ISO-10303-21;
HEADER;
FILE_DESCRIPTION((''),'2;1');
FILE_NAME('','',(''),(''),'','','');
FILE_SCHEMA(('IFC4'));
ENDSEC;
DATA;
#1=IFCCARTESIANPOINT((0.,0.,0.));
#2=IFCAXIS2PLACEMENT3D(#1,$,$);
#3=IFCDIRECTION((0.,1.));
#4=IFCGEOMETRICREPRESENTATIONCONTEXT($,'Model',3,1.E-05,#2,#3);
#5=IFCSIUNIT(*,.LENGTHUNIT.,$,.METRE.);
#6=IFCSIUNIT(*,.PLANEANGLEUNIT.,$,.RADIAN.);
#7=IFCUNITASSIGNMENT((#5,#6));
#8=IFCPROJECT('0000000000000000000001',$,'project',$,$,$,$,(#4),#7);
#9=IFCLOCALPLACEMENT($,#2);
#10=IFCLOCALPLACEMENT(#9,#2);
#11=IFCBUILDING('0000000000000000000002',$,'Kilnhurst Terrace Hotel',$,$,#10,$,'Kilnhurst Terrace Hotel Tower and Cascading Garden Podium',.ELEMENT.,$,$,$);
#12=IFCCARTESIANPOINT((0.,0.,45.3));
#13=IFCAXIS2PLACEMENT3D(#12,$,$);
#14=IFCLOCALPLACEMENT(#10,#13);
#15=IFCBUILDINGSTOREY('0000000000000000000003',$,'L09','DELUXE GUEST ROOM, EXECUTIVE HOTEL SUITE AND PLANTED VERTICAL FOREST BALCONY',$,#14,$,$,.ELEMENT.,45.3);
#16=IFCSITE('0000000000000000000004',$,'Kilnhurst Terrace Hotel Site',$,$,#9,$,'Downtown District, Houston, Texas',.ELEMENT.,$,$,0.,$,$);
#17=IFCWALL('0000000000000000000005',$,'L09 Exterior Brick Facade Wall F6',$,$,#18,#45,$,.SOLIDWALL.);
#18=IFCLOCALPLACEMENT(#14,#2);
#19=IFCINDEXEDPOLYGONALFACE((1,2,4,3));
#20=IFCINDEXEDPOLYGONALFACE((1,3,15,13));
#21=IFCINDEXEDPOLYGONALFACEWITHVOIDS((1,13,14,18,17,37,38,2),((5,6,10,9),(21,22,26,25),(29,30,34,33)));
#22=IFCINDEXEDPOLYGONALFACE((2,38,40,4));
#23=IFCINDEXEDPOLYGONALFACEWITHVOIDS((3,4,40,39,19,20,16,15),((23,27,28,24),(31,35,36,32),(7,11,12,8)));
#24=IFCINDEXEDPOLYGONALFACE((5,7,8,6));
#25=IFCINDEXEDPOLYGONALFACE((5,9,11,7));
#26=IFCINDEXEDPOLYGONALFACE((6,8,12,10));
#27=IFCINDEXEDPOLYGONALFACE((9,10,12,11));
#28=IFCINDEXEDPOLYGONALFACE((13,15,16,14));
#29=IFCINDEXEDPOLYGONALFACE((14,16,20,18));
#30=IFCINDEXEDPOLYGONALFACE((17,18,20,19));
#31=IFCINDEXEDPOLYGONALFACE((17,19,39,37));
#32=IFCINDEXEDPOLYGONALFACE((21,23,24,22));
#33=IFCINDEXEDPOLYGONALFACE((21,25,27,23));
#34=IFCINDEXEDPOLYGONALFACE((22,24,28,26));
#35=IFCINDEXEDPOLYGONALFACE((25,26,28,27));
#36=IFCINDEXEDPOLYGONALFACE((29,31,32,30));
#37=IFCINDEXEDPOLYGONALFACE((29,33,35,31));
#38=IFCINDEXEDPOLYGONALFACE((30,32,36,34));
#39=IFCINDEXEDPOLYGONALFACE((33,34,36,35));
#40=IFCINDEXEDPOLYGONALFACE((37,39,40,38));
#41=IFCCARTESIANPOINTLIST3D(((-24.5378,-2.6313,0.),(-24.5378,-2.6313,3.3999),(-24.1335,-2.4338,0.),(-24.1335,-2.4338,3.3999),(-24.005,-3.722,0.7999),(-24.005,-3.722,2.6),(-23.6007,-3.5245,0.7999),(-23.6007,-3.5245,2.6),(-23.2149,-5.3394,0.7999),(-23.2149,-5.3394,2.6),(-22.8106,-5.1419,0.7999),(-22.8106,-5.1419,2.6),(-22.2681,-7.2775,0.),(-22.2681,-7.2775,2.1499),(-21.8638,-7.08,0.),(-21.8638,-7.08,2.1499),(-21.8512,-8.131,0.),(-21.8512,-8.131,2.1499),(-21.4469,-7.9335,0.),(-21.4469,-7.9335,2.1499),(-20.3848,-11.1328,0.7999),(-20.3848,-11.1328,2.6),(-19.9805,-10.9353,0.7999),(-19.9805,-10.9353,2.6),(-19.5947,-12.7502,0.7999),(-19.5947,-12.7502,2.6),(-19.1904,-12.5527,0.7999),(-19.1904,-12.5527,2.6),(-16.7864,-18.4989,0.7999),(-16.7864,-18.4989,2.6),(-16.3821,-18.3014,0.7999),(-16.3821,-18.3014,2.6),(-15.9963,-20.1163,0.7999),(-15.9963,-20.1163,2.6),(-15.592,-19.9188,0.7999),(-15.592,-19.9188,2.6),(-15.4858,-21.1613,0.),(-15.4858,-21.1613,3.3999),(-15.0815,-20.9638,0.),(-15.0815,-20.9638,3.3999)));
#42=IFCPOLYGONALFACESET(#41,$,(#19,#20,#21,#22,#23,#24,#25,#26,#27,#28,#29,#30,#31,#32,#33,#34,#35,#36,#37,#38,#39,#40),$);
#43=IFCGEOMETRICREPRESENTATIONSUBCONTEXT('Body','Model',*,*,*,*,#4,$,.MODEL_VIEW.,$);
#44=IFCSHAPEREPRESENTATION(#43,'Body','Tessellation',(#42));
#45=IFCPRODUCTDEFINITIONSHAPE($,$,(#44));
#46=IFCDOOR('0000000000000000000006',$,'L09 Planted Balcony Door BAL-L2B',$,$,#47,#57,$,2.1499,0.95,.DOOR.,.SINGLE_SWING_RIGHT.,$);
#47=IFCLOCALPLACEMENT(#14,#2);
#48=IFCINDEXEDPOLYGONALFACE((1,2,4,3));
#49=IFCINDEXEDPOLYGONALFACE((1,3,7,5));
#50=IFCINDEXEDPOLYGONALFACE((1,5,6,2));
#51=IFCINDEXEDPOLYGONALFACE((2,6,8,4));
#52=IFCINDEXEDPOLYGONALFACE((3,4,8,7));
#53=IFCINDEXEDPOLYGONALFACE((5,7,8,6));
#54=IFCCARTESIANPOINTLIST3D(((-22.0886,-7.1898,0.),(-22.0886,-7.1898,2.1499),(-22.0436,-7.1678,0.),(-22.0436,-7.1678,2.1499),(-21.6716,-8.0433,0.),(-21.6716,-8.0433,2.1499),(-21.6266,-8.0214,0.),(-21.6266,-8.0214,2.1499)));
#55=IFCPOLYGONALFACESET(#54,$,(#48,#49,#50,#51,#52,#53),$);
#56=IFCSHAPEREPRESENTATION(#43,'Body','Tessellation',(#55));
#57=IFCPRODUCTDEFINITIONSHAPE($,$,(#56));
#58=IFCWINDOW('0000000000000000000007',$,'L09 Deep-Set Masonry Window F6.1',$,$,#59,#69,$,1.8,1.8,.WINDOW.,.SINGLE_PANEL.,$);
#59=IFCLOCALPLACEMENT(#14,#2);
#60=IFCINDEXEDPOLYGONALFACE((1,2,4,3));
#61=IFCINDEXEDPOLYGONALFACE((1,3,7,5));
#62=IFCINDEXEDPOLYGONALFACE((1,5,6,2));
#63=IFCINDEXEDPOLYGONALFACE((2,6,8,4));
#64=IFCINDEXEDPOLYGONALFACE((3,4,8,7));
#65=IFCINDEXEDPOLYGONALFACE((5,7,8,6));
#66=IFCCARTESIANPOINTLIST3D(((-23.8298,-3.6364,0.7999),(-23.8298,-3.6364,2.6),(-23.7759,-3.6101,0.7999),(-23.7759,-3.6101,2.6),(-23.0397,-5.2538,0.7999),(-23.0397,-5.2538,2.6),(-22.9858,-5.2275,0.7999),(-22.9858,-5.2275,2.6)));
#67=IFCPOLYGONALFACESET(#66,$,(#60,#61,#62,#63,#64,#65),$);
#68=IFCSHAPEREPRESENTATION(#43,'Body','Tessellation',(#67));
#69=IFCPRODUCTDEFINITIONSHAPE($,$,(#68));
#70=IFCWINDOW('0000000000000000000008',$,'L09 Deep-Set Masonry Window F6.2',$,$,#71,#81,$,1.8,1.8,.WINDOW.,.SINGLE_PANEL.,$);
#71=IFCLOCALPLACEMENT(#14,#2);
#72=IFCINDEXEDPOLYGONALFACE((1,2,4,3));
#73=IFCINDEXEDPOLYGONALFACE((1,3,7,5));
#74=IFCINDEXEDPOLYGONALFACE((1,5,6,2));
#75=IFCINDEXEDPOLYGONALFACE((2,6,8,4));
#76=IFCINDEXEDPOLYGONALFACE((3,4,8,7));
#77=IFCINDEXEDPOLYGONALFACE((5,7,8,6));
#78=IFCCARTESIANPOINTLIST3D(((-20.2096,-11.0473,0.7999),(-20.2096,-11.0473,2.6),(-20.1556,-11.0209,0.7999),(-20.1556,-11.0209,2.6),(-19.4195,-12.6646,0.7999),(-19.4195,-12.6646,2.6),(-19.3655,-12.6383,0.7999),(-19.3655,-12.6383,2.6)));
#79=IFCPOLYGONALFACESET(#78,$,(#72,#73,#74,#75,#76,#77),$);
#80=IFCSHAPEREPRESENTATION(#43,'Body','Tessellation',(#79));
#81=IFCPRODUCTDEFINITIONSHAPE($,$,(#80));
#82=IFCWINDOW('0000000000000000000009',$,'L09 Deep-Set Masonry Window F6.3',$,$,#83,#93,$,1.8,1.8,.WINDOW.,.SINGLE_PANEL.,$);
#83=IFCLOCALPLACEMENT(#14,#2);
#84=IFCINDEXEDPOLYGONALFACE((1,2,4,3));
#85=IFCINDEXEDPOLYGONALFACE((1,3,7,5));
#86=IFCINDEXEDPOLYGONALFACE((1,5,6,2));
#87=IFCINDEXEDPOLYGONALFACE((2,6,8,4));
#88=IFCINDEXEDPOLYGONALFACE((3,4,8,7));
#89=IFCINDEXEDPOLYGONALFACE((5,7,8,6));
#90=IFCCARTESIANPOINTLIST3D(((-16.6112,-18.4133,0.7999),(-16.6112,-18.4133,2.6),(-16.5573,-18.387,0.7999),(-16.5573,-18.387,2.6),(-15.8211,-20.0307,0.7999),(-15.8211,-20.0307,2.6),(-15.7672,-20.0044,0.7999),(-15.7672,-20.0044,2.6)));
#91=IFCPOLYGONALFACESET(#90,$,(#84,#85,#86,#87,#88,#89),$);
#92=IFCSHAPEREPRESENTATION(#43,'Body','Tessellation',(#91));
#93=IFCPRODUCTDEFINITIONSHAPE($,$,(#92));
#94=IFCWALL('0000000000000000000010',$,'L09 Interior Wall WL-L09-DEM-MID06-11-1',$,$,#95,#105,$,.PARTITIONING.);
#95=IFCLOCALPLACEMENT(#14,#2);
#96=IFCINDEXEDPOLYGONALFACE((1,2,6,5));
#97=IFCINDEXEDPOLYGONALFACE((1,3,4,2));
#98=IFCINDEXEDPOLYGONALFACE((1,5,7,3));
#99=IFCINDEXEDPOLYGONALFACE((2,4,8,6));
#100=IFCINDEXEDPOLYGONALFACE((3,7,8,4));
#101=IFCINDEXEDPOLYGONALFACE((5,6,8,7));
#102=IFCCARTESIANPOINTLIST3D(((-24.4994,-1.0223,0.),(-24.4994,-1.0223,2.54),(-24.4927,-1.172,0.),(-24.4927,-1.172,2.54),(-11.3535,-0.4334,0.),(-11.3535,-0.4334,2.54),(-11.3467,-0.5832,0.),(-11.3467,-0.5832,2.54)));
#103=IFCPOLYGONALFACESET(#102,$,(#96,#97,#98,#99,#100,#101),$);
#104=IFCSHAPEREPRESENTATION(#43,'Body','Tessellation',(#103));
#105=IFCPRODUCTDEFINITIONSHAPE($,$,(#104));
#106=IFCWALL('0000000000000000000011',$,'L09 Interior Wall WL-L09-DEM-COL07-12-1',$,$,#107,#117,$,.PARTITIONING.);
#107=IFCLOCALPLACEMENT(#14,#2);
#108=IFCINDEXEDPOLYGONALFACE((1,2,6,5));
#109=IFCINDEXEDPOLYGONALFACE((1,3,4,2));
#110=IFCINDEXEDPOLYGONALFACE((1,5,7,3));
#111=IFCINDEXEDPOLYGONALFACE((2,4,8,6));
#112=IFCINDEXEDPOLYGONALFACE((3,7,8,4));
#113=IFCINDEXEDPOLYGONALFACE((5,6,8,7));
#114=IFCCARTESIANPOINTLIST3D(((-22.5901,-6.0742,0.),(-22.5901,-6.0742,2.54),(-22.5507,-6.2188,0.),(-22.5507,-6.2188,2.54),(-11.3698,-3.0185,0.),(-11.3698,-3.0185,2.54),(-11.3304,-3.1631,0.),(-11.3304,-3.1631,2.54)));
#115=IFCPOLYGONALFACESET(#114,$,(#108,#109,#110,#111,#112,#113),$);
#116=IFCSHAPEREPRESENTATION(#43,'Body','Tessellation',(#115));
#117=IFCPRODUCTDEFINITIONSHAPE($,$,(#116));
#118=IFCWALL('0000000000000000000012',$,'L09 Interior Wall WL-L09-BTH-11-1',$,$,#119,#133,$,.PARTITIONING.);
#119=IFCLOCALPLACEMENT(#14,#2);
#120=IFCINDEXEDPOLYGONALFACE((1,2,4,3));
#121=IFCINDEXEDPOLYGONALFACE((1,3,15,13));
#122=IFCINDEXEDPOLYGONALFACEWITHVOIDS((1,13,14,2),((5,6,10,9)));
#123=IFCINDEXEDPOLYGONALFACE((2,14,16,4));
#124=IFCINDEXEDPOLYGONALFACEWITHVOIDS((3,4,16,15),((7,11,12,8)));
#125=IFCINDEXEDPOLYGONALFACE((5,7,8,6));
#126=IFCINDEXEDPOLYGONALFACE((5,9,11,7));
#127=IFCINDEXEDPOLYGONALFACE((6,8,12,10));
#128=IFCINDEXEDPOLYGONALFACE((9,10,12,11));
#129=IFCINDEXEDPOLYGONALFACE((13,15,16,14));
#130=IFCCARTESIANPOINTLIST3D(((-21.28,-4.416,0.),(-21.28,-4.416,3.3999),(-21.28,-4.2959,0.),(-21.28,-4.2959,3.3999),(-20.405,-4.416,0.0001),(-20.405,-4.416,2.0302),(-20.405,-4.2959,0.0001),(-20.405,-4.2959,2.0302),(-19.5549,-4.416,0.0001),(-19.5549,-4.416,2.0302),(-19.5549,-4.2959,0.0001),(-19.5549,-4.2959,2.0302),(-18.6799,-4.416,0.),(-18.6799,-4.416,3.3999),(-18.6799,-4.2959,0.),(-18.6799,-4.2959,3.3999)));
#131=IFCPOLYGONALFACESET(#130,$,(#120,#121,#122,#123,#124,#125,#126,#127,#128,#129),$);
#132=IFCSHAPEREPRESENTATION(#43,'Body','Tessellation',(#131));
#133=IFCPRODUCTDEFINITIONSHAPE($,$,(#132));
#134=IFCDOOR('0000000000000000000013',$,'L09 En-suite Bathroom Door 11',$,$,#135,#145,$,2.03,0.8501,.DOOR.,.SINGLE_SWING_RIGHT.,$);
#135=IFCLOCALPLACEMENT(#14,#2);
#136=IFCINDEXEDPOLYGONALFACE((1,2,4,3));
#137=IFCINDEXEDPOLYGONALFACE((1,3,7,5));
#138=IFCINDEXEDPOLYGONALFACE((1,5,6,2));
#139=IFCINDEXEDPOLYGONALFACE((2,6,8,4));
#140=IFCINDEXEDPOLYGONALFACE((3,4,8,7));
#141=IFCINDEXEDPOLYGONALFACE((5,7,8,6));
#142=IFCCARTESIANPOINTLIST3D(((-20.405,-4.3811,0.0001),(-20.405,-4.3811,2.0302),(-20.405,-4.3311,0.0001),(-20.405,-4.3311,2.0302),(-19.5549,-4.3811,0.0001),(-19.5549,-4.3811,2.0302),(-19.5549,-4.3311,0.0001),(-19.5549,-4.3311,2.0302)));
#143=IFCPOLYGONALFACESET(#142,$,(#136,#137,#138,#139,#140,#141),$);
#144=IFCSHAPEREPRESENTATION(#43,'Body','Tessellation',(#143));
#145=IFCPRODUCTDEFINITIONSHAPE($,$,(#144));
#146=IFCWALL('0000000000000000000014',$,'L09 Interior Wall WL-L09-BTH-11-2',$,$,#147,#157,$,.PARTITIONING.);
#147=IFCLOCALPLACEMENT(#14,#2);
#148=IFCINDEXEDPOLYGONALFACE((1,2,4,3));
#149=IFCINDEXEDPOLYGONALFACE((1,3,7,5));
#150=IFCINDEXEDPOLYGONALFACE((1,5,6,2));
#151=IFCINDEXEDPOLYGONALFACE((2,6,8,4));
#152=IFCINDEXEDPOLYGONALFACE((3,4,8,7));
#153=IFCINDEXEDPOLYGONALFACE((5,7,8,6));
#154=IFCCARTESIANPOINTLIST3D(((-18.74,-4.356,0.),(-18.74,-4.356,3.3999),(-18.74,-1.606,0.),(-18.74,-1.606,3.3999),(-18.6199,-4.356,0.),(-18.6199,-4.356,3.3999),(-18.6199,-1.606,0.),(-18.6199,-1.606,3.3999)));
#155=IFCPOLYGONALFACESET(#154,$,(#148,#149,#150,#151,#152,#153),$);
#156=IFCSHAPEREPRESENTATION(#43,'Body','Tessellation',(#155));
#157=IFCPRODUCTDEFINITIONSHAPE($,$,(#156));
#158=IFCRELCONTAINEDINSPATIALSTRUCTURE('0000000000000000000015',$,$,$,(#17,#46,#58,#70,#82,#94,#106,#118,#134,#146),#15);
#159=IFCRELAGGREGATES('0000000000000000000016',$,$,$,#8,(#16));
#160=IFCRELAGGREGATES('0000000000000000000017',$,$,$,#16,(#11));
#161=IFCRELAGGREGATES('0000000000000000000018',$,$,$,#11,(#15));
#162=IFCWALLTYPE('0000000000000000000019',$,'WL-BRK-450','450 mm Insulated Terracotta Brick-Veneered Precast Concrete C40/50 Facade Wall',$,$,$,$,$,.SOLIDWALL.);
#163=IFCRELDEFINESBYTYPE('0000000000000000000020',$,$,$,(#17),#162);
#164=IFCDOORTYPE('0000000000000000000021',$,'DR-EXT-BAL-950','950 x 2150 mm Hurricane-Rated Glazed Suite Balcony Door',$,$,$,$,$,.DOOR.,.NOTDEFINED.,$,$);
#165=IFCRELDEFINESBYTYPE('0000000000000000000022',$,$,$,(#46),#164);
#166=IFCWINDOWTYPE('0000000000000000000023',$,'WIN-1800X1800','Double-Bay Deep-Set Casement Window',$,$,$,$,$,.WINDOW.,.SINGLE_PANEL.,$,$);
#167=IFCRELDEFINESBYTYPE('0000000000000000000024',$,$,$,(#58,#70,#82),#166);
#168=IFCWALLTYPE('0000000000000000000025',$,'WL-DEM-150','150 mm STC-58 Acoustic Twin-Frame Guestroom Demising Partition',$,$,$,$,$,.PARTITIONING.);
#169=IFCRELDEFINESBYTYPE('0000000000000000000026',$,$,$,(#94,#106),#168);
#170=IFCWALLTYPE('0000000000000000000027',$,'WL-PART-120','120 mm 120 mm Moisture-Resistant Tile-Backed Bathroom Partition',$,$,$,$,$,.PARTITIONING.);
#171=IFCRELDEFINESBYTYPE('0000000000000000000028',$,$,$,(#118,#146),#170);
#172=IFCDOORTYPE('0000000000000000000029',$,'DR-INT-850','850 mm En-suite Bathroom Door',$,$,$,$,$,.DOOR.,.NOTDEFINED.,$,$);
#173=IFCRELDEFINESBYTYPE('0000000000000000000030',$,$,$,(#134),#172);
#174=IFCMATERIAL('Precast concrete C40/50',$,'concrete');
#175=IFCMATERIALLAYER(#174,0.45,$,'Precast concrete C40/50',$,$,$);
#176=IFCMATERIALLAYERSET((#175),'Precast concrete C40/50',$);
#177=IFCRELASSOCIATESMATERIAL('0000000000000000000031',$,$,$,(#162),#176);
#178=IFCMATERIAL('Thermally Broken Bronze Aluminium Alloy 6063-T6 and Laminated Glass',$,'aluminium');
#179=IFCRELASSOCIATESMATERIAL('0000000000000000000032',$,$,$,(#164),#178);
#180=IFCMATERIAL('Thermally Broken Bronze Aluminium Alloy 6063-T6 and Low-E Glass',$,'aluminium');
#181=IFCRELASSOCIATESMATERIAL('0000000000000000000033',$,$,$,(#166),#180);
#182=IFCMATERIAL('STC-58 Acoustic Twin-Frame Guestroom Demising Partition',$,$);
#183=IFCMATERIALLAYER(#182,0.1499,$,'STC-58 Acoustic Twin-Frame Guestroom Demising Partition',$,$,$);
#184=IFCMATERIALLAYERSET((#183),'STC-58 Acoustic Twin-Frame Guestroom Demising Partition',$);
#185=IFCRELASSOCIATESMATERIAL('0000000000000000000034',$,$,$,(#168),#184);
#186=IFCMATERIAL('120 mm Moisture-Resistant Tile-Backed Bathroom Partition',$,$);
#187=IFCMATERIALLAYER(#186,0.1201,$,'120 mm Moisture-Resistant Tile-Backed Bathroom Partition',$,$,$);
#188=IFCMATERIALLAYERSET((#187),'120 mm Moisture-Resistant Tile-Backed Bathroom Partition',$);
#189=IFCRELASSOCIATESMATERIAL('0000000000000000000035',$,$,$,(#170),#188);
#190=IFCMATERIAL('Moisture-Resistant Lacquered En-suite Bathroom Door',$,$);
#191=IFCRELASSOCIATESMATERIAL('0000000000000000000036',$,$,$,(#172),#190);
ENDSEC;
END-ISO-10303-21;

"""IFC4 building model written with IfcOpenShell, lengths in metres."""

from ifc_helpers import new_model, si_unit, direction, frame, frame_2d, origin, place, context, subcontext, project, spatial, rectangle, extrude, material, layer, layer_set, type_object, element, fill, save


model = new_model("IFC4")

# Units and contexts
model_context = context("Model", 3, precision=1e-05, world=origin(), true_north=direction((0.0, 1.0)))
body_context = subcontext(model_context, "Body", "Model", "MODEL_VIEW")
ifc_project = project(units=[si_unit("LENGTHUNIT", "METRE"), si_unit("PLANEANGLEUNIT", "RADIAN")], contexts=[model_context])

# Site, building, storey
site_placement = place(None, origin())
site = spatial("IfcSite", under=ifc_project, at=site_placement, Name="Kilnhurst Terrace Hotel Site", LongName="Downtown District, Houston, Texas", CompositionType="ELEMENT", RefElevation=0.0)
building_placement = place(site_placement, origin())
building = spatial("IfcBuilding", under=site, at=building_placement, Name="Kilnhurst Terrace Hotel", LongName="Kilnhurst Terrace Hotel Tower and Cascading Garden Podium", CompositionType="ELEMENT")
storey_placement = place(building_placement, frame((0.0, 0.0, 45.3)))
storey = spatial("IfcBuildingStorey", under=building, at=storey_placement, Name="L09", Description="DELUXE GUEST ROOM, EXECUTIVE HOTEL SUITE AND PLANTED VERTICAL FOREST BALCONY", CompositionType="ELEMENT", Elevation=45.3)

# Shared definitions
ifc_material_1 = material(Name="Precast concrete C40/50", Category="concrete")
ifc_layer_1 = layer(ifc_material_1, 0.45, Name="Precast concrete C40/50")
ifc_layer_set_1 = layer_set([ifc_layer_1], Name="Precast concrete C40/50")
wall_type_1 = type_object("IfcWallType", Name="WL-BRK-450", Description="450 mm Insulated Terracotta Brick-Veneered Precast Concrete C40/50 Facade Wall", PredefinedType="SOLIDWALL", material=ifc_layer_set_1)

# Wall, openings, door, windows
wall_1_placement = place(storey_placement, frame((-24.3357, -2.5325, 0.0), z_axis=(0.0, 0.0, 1.0), x_axis=(0.438931, -0.898521, 0.0)))
wall_1 = element("IfcWall", 1, at=wall_1_placement, inside=storey, type_object=wall_type_1, Name="L09 Exterior Brick Facade Wall F6", PredefinedType="SOLIDWALL", context=body_context, shape_type="SweptSolid", body=[
    extrude(rectangle(XDim=20.6228, YDim=0.45, at=frame_2d((10.3115, 0.0))), origin(), (0.0, 0.0, 1.0), 3.3999),
])
opening_1_placement = place(wall_1_placement, frame((5.1709, 0.0, 0.0)))
opening_1 = element("IfcOpeningElement", 2, at=opening_1_placement, cuts=wall_1, PredefinedType="OPENING", context=body_context, shape_type="SweptSolid", body=[
    extrude(rectangle(XDim=0.95, YDim=2.1499, at=frame_2d((0.4751, 1.075))), frame((0.0, 0.2349, 0.0), z_axis=(0.0, -1.0, 0.0), x_axis=(1.0, 0.0, 0.0)), (0.0, 0.0, 1.0), 0.47),
])
opening_2_placement = place(wall_1_placement, frame((1.2141, 0.0, 0.8)))
opening_2 = element("IfcOpeningElement", 3, at=opening_2_placement, cuts=wall_1, PredefinedType="OPENING", context=body_context, shape_type="SweptSolid", body=[
    extrude(rectangle(XDim=1.8, YDim=1.8, at=frame_2d((0.8999, 0.8999))), frame((0.0, 0.2349, 0.0), z_axis=(0.0, -1.0, 0.0), x_axis=(1.0, 0.0, 0.0)), (0.0, 0.0, 1.0), 0.47),
])
opening_3_placement = place(wall_1_placement, frame((9.4619, 0.0, 0.8)))
opening_3 = element("IfcOpeningElement", 4, at=opening_3_placement, cuts=wall_1, PredefinedType="OPENING", context=body_context, shape_type="SweptSolid", body=[
    extrude(rectangle(XDim=1.8, YDim=1.8, at=frame_2d((0.8999, 0.8999))), frame((0.0, 0.2349, 0.0), z_axis=(0.0, -1.0, 0.0), x_axis=(1.0, 0.0, 0.0)), (0.0, 0.0, 1.0), 0.47),
])
opening_4_placement = place(wall_1_placement, frame((17.6599, 0.0, 0.8)))
opening_4 = element("IfcOpeningElement", 5, at=opening_4_placement, cuts=wall_1, PredefinedType="OPENING", context=body_context, shape_type="SweptSolid", body=[
    extrude(rectangle(XDim=1.8, YDim=1.8, at=frame_2d((0.8999, 0.8999))), frame((0.0, 0.2349, 0.0), z_axis=(0.0, -1.0, 0.0), x_axis=(1.0, 0.0, 0.0)), (0.0, 0.0, 1.0), 0.47),
])
ifc_material_2 = material(Name="Thermally Broken Bronze Aluminium Alloy 6063-T6 and Laminated Glass", Category="aluminium")
door_type_1 = type_object("IfcDoorType", Name="DR-EXT-BAL-950", Description="950 x 2150 mm Hurricane-Rated Glazed Suite Balcony Door", OperationType="NOTDEFINED", PredefinedType="DOOR", material=ifc_material_2)
door_1_placement = place(opening_1_placement, origin())
door_1 = element("IfcDoor", 6, at=door_1_placement, inside=storey, type_object=door_type_1, Name="L09 Planted Balcony Door BAL-L2B", OperationType="SINGLE_SWING_RIGHT", OverallHeight=2.1499, OverallWidth=0.95, PredefinedType="DOOR", context=body_context, shape_type="SweptSolid", body=[
    extrude(rectangle(XDim=0.95, YDim=2.1499, at=frame_2d((0.4751, 1.075))), frame((0.0, 0.0249, 0.0), z_axis=(0.0, -1.0, 0.0), x_axis=(1.0, 0.0, 0.0)), (0.0, 0.0, 1.0), 0.05),
])
fill(opening_1, door_1)
ifc_material_3 = material(Name="Thermally Broken Bronze Aluminium Alloy 6063-T6 and Low-E Glass", Category="aluminium")
window_type = type_object("IfcWindowType", Name="WIN-1800X1800", Description="Double-Bay Deep-Set Casement Window", PartitioningType="SINGLE_PANEL", PredefinedType="WINDOW", material=ifc_material_3)
window_1_placement = place(opening_2_placement, origin())
window_1 = element("IfcWindow", 7, at=window_1_placement, inside=storey, type_object=window_type, Name="L09 Deep-Set Masonry Window F6.1", OverallHeight=1.8, OverallWidth=1.8, PartitioningType="SINGLE_PANEL", PredefinedType="WINDOW", context=body_context, shape_type="SweptSolid", body=[
    extrude(rectangle(XDim=1.8, YDim=1.8, at=frame_2d((0.8999, 0.8999))), frame((0.0, 0.03, 0.0), z_axis=(0.0, -1.0, 0.0), x_axis=(1.0, 0.0, 0.0)), (0.0, 0.0, 1.0), 0.0601),
])
fill(opening_2, window_1)
window_2_placement = place(opening_3_placement, origin())
window_2 = element("IfcWindow", 8, at=window_2_placement, inside=storey, type_object=window_type, Name="L09 Deep-Set Masonry Window F6.2", OverallHeight=1.8, OverallWidth=1.8, PartitioningType="SINGLE_PANEL", PredefinedType="WINDOW", context=body_context, shape_type="SweptSolid", body=[
    extrude(rectangle(XDim=1.8, YDim=1.8, at=frame_2d((0.8999, 0.8999))), frame((0.0, 0.03, 0.0), z_axis=(0.0, -1.0, 0.0), x_axis=(1.0, 0.0, 0.0)), (0.0, 0.0, 1.0), 0.0601),
])
fill(opening_3, window_2)
window_3_placement = place(opening_4_placement, origin())
window_3 = element("IfcWindow", 9, at=window_3_placement, inside=storey, type_object=window_type, Name="L09 Deep-Set Masonry Window F6.3", OverallHeight=1.8, OverallWidth=1.8, PartitioningType="SINGLE_PANEL", PredefinedType="WINDOW", context=body_context, shape_type="SweptSolid", body=[
    extrude(rectangle(XDim=1.8, YDim=1.8, at=frame_2d((0.8999, 0.8999))), frame((0.0, 0.03, 0.0), z_axis=(0.0, -1.0, 0.0), x_axis=(1.0, 0.0, 0.0)), (0.0, 0.0, 1.0), 0.0601),
])
fill(opening_4, window_3)

# Walls
ifc_material_4 = material(Name="STC-58 Acoustic Twin-Frame Guestroom Demising Partition")
ifc_layer_2 = layer(ifc_material_4, 0.1499, Name="STC-58 Acoustic Twin-Frame Guestroom Demising Partition")
ifc_layer_set_2 = layer_set([ifc_layer_2], Name="STC-58 Acoustic Twin-Frame Guestroom Demising Partition")
wall_type_2 = type_object("IfcWallType", Name="WL-DEM-150", Description="150 mm STC-58 Acoustic Twin-Frame Guestroom Demising Partition", PredefinedType="PARTITIONING", material=ifc_layer_set_2)
wall_2_placement = place(storey_placement, frame((-11.3501, -0.5083, 0.0), z_axis=(0.0, 0.0, 1.0), x_axis=(-0.998998, -0.04475, 0.0)))
element("IfcWall", 10, at=wall_2_placement, inside=storey, type_object=wall_type_2, Name="L09 Interior Wall WL-L09-DEM-MID06-11-1", PredefinedType="PARTITIONING", context=body_context, shape_type="SweptSolid", body=[
    extrude(rectangle(XDim=13.1592, YDim=0.1499, at=frame_2d((6.5796, 0.0))), origin(), (0.0, 0.0, 1.0), 2.54),
])
wall_3_placement = place(storey_placement, frame((-11.3501, -3.0908, 0.0), z_axis=(0.0, 0.0, 1.0), x_axis=(-0.96486, -0.262766, 0.0)))
element("IfcWall", 11, at=wall_3_placement, inside=storey, type_object=wall_type_2, Name="L09 Interior Wall WL-L09-DEM-COL07-12-1", PredefinedType="PARTITIONING", context=body_context, shape_type="SweptSolid", body=[
    extrude(rectangle(XDim=11.6289, YDim=0.1499, at=frame_2d((5.8145, 0.0))), origin(), (0.0, 0.0, 1.0), 2.54),
])

# Wall, opening, door
ifc_material_5 = material(Name="120 mm Moisture-Resistant Tile-Backed Bathroom Partition")
ifc_layer_3 = layer(ifc_material_5, 0.1201, Name="120 mm Moisture-Resistant Tile-Backed Bathroom Partition")
ifc_layer_set_3 = layer_set([ifc_layer_3], Name="120 mm Moisture-Resistant Tile-Backed Bathroom Partition")
wall_type_3 = type_object("IfcWallType", Name="WL-PART-120", Description="120 mm 120 mm Moisture-Resistant Tile-Backed Bathroom Partition", PredefinedType="PARTITIONING", material=ifc_layer_set_3)
wall_4_placement = place(storey_placement, frame((-21.28, -4.356, 0.0), z_axis=(0.0, 0.0, 1.0), x_axis=(1.0, 0.0, 0.0)))
wall_4 = element("IfcWall", 12, at=wall_4_placement, inside=storey, type_object=wall_type_3, Name="L09 Interior Wall WL-L09-BTH-11-1", PredefinedType="PARTITIONING", context=body_context, shape_type="SweptSolid", body=[
    extrude(rectangle(XDim=2.6001, YDim=0.1201, at=frame_2d((1.3, 0.0))), origin(), (0.0, 0.0, 1.0), 3.3999),
])
opening_5_placement = place(wall_4_placement, frame((0.875, 0.0, 0.0)))
opening_5 = element("IfcOpeningElement", 13, at=opening_5_placement, cuts=wall_4, PredefinedType="OPENING", context=body_context, shape_type="SweptSolid", body=[
    extrude(rectangle(XDim=0.8501, YDim=2.03, at=frame_2d((0.425, 1.0151))), frame((0.0, 0.0701, 0.0), z_axis=(0.0, -1.0, 0.0), x_axis=(1.0, 0.0, 0.0)), (0.0, 0.0, 1.0), 0.1401),
])
ifc_material_6 = material(Name="Moisture-Resistant Lacquered En-suite Bathroom Door")
door_type_2 = type_object("IfcDoorType", Name="DR-INT-850", Description="850 mm En-suite Bathroom Door", OperationType="NOTDEFINED", PredefinedType="DOOR", material=ifc_material_6)
door_2_placement = place(opening_5_placement, origin())
door_2 = element("IfcDoor", 14, at=door_2_placement, inside=storey, type_object=door_type_2, Name="L09 En-suite Bathroom Door 11", OperationType="SINGLE_SWING_RIGHT", OverallHeight=2.03, OverallWidth=0.8501, PredefinedType="DOOR", context=body_context, shape_type="SweptSolid", body=[
    extrude(rectangle(XDim=0.8501, YDim=2.03, at=frame_2d((0.425, 1.0151))), frame((0.0, 0.0249, 0.0), z_axis=(0.0, -1.0, 0.0), x_axis=(1.0, 0.0, 0.0)), (0.0, 0.0, 1.0), 0.05),
])
fill(opening_5, door_2)

# Wall
wall_5_placement = place(storey_placement, frame((-18.6799, -4.356, 0.0), z_axis=(0.0, 0.0, 1.0), x_axis=(0.0, 1.0, 0.0)))
element("IfcWall", 15, at=wall_5_placement, inside=storey, type_object=wall_type_3, Name="L09 Interior Wall WL-L09-BTH-11-2", PredefinedType="PARTITIONING", context=body_context, shape_type="SweptSolid", body=[
    extrude(rectangle(XDim=2.75, YDim=0.1201, at=frame_2d((1.375, 0.0))), origin(), (0.0, 0.0, 1.0), 3.3999),
])

save(model, "model.ifc")
